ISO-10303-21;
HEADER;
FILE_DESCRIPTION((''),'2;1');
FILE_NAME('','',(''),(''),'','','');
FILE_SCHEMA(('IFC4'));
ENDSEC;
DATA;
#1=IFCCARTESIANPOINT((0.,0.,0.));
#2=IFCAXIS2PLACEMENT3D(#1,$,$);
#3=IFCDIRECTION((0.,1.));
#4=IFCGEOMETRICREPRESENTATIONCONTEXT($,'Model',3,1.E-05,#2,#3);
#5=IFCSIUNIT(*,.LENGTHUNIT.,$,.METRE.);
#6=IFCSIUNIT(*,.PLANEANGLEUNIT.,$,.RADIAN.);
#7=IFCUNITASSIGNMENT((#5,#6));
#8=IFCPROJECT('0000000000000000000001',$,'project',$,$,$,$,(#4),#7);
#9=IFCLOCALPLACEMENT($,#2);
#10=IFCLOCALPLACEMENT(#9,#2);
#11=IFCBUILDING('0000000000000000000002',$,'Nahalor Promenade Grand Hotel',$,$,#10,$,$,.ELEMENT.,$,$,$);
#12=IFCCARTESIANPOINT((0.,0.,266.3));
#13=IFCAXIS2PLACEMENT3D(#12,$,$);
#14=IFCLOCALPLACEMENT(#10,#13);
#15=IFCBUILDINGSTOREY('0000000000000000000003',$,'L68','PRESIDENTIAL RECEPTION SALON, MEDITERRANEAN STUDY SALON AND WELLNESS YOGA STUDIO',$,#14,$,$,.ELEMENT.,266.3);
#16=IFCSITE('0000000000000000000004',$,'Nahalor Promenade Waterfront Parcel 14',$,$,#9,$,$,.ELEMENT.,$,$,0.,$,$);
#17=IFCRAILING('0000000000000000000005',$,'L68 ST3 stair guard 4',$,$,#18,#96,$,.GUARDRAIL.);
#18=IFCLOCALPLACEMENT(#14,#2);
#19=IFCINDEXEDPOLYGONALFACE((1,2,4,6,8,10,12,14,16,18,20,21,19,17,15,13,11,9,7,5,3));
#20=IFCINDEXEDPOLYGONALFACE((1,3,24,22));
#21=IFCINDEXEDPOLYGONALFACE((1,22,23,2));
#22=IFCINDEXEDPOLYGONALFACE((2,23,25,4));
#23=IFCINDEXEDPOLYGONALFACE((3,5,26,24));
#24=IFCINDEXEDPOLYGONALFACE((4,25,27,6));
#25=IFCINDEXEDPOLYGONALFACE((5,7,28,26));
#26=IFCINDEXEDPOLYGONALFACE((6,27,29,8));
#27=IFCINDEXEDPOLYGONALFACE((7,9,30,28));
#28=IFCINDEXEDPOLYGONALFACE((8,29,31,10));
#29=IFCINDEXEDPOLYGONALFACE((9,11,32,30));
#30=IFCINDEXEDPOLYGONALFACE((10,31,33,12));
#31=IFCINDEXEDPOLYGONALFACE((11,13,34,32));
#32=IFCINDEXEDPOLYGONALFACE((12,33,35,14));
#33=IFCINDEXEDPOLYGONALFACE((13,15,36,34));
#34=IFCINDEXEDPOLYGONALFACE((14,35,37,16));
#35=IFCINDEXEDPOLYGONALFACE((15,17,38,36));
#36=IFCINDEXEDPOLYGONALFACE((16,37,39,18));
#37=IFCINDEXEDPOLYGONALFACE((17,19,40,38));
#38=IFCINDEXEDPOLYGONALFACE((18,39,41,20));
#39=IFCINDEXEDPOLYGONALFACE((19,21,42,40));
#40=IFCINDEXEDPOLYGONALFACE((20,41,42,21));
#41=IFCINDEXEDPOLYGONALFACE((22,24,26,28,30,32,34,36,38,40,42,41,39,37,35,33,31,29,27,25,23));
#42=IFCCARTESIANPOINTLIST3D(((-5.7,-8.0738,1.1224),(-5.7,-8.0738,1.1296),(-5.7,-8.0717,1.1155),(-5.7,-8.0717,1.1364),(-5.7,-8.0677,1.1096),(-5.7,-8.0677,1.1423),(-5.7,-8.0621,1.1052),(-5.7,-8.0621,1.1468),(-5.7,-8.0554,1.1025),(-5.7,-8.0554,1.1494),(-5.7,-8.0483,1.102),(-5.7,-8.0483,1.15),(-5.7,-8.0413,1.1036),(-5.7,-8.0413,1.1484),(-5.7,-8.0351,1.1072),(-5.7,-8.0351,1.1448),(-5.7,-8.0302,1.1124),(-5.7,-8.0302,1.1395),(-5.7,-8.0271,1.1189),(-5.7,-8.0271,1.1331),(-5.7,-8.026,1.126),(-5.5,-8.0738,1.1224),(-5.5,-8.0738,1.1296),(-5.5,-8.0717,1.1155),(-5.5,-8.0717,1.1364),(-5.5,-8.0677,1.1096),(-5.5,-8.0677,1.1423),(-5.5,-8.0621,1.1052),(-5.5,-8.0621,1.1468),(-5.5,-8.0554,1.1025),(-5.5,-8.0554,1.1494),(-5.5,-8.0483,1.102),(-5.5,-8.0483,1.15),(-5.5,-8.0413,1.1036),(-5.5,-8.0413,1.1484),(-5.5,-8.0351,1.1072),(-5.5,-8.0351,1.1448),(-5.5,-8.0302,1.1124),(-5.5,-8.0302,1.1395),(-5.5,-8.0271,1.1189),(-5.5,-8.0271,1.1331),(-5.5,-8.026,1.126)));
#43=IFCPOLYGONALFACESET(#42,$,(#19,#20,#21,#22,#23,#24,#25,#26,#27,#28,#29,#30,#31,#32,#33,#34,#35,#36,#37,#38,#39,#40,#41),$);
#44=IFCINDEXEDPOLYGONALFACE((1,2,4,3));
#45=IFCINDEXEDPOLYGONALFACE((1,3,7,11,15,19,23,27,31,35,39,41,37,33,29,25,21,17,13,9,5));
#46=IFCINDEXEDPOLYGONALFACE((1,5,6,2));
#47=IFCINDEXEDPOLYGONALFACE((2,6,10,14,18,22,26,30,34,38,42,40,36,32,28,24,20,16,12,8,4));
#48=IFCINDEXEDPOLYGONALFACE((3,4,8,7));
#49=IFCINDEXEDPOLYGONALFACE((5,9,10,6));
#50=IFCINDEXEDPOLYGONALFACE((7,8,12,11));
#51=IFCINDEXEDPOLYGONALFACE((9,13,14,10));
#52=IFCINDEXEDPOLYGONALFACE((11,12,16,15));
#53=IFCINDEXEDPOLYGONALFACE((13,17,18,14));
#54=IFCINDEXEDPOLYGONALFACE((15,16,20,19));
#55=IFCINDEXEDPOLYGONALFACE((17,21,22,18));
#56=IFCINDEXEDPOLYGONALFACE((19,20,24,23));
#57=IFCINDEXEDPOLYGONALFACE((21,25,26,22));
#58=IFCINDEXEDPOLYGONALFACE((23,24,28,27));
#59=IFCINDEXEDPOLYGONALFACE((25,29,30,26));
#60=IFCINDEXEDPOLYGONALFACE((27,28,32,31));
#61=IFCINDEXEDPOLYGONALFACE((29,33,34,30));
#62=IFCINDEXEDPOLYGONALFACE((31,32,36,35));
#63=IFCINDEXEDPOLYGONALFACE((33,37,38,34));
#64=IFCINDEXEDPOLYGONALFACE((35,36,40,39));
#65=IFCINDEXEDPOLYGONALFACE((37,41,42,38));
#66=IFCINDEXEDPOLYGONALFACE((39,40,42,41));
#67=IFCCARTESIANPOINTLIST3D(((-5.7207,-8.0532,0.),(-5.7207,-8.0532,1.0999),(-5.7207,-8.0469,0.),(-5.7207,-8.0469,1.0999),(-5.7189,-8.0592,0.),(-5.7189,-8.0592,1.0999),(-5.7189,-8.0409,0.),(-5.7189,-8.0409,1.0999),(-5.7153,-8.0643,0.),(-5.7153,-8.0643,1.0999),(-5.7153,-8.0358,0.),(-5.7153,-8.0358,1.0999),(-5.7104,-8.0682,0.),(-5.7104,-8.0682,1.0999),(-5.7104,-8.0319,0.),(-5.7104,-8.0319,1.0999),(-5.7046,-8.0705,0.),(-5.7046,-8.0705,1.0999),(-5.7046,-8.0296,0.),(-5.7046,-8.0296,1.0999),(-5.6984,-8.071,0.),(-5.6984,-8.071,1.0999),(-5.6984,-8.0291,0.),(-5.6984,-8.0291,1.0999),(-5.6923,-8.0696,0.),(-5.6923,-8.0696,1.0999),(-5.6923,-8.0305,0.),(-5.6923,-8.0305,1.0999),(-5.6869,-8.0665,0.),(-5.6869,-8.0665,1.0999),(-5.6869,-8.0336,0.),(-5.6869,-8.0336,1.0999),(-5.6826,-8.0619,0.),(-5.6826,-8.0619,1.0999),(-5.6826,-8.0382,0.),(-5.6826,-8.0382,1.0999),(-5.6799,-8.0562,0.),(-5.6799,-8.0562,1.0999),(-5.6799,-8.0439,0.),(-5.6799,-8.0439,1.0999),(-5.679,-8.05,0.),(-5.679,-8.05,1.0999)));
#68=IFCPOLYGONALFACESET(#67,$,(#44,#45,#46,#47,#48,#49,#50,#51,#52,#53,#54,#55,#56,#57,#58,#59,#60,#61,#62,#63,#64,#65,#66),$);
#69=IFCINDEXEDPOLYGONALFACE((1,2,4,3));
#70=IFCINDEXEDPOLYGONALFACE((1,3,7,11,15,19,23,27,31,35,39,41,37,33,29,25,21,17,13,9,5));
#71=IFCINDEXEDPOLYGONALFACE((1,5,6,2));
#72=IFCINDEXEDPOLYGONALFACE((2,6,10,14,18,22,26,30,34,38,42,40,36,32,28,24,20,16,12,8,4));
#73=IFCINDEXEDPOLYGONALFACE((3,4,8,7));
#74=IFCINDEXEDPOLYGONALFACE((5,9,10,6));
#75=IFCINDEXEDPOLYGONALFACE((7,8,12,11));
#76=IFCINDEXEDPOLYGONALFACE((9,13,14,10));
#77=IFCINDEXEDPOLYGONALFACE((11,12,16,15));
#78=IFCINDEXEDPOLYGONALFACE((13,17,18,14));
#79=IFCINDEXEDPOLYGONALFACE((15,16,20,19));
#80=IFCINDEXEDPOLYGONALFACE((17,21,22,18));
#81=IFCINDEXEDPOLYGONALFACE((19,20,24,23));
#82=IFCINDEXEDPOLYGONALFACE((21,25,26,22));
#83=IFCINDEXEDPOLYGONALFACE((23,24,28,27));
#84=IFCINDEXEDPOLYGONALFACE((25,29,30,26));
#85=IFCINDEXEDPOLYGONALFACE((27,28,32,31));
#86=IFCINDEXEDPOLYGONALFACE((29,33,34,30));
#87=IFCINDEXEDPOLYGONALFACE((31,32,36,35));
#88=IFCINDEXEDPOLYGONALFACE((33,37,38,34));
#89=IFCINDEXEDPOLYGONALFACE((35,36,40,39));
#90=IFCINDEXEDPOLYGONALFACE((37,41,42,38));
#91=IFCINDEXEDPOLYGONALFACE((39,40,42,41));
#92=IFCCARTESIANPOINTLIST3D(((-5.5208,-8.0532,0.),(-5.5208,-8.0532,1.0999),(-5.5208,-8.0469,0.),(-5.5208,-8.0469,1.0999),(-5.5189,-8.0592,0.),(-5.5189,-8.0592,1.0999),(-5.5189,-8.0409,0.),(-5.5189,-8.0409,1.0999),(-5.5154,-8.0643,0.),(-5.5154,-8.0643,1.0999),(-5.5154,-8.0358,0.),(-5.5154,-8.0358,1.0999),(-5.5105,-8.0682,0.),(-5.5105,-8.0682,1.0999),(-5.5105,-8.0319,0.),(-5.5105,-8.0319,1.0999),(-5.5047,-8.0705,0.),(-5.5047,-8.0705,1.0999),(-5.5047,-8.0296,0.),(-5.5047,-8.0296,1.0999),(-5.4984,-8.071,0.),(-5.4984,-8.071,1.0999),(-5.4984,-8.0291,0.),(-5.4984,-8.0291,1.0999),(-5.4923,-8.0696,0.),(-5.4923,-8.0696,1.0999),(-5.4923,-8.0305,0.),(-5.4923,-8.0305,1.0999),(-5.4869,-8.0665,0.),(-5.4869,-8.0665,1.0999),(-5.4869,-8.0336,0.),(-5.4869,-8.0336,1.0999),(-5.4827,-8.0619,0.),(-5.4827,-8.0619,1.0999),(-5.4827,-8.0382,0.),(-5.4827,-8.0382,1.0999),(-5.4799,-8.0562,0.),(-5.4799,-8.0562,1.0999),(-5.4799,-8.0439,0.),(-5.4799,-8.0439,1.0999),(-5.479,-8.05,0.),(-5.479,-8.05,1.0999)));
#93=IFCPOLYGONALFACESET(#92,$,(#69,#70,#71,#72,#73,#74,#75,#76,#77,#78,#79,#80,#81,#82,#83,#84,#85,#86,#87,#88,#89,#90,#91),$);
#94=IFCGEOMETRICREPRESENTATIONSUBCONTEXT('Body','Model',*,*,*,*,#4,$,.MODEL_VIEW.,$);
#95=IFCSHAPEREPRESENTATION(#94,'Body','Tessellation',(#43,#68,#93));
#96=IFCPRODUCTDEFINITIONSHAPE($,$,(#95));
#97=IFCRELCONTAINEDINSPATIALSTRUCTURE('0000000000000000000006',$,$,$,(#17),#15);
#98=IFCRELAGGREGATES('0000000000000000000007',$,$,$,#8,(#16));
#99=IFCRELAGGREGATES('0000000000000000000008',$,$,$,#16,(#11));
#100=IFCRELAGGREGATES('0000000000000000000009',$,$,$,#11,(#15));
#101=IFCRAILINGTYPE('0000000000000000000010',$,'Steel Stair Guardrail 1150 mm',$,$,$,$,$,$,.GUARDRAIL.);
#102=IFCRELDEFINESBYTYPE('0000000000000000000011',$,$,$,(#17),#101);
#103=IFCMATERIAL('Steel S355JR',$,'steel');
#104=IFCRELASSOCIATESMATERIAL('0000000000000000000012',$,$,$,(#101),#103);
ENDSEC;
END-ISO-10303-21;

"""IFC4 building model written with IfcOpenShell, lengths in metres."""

from ifc_helpers import new_model, si_unit, direction, frame, origin, origin_2d, place, context, subcontext, project, spatial, circle, extrude, material, type_object, element, save


model = new_model("IFC4")

# Units and contexts
model_context = context("Model", 3, precision=1e-05, world=origin(), true_north=direction((0.0, 1.0)))
body_context = subcontext(model_context, "Body", "Model", "MODEL_VIEW")
ifc_project = project(units=[si_unit("LENGTHUNIT", "METRE"), si_unit("PLANEANGLEUNIT", "RADIAN")], contexts=[model_context])

# Site, building, storey
site_placement = place(None, origin())
site = spatial("IfcSite", under=ifc_project, at=site_placement, Name="Nahalor Promenade Waterfront Parcel 14", CompositionType="ELEMENT", RefElevation=0.0)
building_placement = place(site_placement, origin())
building = spatial("IfcBuilding", under=site, at=building_placement, Name="Nahalor Promenade Grand Hotel", CompositionType="ELEMENT")
storey_placement = place(building_placement, frame((0.0, 0.0, 266.3)))
storey = spatial("IfcBuildingStorey", under=building, at=storey_placement, Name="L68", Description="PRESIDENTIAL RECEPTION SALON, MEDITERRANEAN STUDY SALON AND WELLNESS YOGA STUDIO", CompositionType="ELEMENT", Elevation=266.3)

# Shared definitions
ifc_material_1 = material(Name="Steel S355JR", Category="steel")

# Railing
railing_type_1 = type_object("IfcRailingType", Name="Steel Stair Guardrail 1150 mm", PredefinedType="GUARDRAIL", material=ifc_material_1)
railing_1_placement = place(storey_placement, frame((-5.7, -8.05, 0.0)))
element("IfcRailing", 1, at=railing_1_placement, inside=storey, type_object=railing_type_1, Name="L68 ST3 stair guard 4", PredefinedType="GUARDRAIL", context=body_context, shape_type="SweptSolid", body=[
    extrude(circle(Radius=0.024, at=origin_2d()), frame((0.0, 0.0, 1.126), z_axis=(1.0, 0.0, 0.0), x_axis=(0.0, 1.0, 0.0)), (0.0, 0.0, 1.0), 0.2),
    extrude(circle(Radius=0.021, at=origin_2d()), origin(), (0.0, 0.0, 1.0), 1.0999),
    extrude(circle(Radius=0.021, at=origin_2d()), frame((0.2, 0.0, 0.0)), (0.0, 0.0, 1.0), 1.0999),
])

save(model, "model.ifc")
